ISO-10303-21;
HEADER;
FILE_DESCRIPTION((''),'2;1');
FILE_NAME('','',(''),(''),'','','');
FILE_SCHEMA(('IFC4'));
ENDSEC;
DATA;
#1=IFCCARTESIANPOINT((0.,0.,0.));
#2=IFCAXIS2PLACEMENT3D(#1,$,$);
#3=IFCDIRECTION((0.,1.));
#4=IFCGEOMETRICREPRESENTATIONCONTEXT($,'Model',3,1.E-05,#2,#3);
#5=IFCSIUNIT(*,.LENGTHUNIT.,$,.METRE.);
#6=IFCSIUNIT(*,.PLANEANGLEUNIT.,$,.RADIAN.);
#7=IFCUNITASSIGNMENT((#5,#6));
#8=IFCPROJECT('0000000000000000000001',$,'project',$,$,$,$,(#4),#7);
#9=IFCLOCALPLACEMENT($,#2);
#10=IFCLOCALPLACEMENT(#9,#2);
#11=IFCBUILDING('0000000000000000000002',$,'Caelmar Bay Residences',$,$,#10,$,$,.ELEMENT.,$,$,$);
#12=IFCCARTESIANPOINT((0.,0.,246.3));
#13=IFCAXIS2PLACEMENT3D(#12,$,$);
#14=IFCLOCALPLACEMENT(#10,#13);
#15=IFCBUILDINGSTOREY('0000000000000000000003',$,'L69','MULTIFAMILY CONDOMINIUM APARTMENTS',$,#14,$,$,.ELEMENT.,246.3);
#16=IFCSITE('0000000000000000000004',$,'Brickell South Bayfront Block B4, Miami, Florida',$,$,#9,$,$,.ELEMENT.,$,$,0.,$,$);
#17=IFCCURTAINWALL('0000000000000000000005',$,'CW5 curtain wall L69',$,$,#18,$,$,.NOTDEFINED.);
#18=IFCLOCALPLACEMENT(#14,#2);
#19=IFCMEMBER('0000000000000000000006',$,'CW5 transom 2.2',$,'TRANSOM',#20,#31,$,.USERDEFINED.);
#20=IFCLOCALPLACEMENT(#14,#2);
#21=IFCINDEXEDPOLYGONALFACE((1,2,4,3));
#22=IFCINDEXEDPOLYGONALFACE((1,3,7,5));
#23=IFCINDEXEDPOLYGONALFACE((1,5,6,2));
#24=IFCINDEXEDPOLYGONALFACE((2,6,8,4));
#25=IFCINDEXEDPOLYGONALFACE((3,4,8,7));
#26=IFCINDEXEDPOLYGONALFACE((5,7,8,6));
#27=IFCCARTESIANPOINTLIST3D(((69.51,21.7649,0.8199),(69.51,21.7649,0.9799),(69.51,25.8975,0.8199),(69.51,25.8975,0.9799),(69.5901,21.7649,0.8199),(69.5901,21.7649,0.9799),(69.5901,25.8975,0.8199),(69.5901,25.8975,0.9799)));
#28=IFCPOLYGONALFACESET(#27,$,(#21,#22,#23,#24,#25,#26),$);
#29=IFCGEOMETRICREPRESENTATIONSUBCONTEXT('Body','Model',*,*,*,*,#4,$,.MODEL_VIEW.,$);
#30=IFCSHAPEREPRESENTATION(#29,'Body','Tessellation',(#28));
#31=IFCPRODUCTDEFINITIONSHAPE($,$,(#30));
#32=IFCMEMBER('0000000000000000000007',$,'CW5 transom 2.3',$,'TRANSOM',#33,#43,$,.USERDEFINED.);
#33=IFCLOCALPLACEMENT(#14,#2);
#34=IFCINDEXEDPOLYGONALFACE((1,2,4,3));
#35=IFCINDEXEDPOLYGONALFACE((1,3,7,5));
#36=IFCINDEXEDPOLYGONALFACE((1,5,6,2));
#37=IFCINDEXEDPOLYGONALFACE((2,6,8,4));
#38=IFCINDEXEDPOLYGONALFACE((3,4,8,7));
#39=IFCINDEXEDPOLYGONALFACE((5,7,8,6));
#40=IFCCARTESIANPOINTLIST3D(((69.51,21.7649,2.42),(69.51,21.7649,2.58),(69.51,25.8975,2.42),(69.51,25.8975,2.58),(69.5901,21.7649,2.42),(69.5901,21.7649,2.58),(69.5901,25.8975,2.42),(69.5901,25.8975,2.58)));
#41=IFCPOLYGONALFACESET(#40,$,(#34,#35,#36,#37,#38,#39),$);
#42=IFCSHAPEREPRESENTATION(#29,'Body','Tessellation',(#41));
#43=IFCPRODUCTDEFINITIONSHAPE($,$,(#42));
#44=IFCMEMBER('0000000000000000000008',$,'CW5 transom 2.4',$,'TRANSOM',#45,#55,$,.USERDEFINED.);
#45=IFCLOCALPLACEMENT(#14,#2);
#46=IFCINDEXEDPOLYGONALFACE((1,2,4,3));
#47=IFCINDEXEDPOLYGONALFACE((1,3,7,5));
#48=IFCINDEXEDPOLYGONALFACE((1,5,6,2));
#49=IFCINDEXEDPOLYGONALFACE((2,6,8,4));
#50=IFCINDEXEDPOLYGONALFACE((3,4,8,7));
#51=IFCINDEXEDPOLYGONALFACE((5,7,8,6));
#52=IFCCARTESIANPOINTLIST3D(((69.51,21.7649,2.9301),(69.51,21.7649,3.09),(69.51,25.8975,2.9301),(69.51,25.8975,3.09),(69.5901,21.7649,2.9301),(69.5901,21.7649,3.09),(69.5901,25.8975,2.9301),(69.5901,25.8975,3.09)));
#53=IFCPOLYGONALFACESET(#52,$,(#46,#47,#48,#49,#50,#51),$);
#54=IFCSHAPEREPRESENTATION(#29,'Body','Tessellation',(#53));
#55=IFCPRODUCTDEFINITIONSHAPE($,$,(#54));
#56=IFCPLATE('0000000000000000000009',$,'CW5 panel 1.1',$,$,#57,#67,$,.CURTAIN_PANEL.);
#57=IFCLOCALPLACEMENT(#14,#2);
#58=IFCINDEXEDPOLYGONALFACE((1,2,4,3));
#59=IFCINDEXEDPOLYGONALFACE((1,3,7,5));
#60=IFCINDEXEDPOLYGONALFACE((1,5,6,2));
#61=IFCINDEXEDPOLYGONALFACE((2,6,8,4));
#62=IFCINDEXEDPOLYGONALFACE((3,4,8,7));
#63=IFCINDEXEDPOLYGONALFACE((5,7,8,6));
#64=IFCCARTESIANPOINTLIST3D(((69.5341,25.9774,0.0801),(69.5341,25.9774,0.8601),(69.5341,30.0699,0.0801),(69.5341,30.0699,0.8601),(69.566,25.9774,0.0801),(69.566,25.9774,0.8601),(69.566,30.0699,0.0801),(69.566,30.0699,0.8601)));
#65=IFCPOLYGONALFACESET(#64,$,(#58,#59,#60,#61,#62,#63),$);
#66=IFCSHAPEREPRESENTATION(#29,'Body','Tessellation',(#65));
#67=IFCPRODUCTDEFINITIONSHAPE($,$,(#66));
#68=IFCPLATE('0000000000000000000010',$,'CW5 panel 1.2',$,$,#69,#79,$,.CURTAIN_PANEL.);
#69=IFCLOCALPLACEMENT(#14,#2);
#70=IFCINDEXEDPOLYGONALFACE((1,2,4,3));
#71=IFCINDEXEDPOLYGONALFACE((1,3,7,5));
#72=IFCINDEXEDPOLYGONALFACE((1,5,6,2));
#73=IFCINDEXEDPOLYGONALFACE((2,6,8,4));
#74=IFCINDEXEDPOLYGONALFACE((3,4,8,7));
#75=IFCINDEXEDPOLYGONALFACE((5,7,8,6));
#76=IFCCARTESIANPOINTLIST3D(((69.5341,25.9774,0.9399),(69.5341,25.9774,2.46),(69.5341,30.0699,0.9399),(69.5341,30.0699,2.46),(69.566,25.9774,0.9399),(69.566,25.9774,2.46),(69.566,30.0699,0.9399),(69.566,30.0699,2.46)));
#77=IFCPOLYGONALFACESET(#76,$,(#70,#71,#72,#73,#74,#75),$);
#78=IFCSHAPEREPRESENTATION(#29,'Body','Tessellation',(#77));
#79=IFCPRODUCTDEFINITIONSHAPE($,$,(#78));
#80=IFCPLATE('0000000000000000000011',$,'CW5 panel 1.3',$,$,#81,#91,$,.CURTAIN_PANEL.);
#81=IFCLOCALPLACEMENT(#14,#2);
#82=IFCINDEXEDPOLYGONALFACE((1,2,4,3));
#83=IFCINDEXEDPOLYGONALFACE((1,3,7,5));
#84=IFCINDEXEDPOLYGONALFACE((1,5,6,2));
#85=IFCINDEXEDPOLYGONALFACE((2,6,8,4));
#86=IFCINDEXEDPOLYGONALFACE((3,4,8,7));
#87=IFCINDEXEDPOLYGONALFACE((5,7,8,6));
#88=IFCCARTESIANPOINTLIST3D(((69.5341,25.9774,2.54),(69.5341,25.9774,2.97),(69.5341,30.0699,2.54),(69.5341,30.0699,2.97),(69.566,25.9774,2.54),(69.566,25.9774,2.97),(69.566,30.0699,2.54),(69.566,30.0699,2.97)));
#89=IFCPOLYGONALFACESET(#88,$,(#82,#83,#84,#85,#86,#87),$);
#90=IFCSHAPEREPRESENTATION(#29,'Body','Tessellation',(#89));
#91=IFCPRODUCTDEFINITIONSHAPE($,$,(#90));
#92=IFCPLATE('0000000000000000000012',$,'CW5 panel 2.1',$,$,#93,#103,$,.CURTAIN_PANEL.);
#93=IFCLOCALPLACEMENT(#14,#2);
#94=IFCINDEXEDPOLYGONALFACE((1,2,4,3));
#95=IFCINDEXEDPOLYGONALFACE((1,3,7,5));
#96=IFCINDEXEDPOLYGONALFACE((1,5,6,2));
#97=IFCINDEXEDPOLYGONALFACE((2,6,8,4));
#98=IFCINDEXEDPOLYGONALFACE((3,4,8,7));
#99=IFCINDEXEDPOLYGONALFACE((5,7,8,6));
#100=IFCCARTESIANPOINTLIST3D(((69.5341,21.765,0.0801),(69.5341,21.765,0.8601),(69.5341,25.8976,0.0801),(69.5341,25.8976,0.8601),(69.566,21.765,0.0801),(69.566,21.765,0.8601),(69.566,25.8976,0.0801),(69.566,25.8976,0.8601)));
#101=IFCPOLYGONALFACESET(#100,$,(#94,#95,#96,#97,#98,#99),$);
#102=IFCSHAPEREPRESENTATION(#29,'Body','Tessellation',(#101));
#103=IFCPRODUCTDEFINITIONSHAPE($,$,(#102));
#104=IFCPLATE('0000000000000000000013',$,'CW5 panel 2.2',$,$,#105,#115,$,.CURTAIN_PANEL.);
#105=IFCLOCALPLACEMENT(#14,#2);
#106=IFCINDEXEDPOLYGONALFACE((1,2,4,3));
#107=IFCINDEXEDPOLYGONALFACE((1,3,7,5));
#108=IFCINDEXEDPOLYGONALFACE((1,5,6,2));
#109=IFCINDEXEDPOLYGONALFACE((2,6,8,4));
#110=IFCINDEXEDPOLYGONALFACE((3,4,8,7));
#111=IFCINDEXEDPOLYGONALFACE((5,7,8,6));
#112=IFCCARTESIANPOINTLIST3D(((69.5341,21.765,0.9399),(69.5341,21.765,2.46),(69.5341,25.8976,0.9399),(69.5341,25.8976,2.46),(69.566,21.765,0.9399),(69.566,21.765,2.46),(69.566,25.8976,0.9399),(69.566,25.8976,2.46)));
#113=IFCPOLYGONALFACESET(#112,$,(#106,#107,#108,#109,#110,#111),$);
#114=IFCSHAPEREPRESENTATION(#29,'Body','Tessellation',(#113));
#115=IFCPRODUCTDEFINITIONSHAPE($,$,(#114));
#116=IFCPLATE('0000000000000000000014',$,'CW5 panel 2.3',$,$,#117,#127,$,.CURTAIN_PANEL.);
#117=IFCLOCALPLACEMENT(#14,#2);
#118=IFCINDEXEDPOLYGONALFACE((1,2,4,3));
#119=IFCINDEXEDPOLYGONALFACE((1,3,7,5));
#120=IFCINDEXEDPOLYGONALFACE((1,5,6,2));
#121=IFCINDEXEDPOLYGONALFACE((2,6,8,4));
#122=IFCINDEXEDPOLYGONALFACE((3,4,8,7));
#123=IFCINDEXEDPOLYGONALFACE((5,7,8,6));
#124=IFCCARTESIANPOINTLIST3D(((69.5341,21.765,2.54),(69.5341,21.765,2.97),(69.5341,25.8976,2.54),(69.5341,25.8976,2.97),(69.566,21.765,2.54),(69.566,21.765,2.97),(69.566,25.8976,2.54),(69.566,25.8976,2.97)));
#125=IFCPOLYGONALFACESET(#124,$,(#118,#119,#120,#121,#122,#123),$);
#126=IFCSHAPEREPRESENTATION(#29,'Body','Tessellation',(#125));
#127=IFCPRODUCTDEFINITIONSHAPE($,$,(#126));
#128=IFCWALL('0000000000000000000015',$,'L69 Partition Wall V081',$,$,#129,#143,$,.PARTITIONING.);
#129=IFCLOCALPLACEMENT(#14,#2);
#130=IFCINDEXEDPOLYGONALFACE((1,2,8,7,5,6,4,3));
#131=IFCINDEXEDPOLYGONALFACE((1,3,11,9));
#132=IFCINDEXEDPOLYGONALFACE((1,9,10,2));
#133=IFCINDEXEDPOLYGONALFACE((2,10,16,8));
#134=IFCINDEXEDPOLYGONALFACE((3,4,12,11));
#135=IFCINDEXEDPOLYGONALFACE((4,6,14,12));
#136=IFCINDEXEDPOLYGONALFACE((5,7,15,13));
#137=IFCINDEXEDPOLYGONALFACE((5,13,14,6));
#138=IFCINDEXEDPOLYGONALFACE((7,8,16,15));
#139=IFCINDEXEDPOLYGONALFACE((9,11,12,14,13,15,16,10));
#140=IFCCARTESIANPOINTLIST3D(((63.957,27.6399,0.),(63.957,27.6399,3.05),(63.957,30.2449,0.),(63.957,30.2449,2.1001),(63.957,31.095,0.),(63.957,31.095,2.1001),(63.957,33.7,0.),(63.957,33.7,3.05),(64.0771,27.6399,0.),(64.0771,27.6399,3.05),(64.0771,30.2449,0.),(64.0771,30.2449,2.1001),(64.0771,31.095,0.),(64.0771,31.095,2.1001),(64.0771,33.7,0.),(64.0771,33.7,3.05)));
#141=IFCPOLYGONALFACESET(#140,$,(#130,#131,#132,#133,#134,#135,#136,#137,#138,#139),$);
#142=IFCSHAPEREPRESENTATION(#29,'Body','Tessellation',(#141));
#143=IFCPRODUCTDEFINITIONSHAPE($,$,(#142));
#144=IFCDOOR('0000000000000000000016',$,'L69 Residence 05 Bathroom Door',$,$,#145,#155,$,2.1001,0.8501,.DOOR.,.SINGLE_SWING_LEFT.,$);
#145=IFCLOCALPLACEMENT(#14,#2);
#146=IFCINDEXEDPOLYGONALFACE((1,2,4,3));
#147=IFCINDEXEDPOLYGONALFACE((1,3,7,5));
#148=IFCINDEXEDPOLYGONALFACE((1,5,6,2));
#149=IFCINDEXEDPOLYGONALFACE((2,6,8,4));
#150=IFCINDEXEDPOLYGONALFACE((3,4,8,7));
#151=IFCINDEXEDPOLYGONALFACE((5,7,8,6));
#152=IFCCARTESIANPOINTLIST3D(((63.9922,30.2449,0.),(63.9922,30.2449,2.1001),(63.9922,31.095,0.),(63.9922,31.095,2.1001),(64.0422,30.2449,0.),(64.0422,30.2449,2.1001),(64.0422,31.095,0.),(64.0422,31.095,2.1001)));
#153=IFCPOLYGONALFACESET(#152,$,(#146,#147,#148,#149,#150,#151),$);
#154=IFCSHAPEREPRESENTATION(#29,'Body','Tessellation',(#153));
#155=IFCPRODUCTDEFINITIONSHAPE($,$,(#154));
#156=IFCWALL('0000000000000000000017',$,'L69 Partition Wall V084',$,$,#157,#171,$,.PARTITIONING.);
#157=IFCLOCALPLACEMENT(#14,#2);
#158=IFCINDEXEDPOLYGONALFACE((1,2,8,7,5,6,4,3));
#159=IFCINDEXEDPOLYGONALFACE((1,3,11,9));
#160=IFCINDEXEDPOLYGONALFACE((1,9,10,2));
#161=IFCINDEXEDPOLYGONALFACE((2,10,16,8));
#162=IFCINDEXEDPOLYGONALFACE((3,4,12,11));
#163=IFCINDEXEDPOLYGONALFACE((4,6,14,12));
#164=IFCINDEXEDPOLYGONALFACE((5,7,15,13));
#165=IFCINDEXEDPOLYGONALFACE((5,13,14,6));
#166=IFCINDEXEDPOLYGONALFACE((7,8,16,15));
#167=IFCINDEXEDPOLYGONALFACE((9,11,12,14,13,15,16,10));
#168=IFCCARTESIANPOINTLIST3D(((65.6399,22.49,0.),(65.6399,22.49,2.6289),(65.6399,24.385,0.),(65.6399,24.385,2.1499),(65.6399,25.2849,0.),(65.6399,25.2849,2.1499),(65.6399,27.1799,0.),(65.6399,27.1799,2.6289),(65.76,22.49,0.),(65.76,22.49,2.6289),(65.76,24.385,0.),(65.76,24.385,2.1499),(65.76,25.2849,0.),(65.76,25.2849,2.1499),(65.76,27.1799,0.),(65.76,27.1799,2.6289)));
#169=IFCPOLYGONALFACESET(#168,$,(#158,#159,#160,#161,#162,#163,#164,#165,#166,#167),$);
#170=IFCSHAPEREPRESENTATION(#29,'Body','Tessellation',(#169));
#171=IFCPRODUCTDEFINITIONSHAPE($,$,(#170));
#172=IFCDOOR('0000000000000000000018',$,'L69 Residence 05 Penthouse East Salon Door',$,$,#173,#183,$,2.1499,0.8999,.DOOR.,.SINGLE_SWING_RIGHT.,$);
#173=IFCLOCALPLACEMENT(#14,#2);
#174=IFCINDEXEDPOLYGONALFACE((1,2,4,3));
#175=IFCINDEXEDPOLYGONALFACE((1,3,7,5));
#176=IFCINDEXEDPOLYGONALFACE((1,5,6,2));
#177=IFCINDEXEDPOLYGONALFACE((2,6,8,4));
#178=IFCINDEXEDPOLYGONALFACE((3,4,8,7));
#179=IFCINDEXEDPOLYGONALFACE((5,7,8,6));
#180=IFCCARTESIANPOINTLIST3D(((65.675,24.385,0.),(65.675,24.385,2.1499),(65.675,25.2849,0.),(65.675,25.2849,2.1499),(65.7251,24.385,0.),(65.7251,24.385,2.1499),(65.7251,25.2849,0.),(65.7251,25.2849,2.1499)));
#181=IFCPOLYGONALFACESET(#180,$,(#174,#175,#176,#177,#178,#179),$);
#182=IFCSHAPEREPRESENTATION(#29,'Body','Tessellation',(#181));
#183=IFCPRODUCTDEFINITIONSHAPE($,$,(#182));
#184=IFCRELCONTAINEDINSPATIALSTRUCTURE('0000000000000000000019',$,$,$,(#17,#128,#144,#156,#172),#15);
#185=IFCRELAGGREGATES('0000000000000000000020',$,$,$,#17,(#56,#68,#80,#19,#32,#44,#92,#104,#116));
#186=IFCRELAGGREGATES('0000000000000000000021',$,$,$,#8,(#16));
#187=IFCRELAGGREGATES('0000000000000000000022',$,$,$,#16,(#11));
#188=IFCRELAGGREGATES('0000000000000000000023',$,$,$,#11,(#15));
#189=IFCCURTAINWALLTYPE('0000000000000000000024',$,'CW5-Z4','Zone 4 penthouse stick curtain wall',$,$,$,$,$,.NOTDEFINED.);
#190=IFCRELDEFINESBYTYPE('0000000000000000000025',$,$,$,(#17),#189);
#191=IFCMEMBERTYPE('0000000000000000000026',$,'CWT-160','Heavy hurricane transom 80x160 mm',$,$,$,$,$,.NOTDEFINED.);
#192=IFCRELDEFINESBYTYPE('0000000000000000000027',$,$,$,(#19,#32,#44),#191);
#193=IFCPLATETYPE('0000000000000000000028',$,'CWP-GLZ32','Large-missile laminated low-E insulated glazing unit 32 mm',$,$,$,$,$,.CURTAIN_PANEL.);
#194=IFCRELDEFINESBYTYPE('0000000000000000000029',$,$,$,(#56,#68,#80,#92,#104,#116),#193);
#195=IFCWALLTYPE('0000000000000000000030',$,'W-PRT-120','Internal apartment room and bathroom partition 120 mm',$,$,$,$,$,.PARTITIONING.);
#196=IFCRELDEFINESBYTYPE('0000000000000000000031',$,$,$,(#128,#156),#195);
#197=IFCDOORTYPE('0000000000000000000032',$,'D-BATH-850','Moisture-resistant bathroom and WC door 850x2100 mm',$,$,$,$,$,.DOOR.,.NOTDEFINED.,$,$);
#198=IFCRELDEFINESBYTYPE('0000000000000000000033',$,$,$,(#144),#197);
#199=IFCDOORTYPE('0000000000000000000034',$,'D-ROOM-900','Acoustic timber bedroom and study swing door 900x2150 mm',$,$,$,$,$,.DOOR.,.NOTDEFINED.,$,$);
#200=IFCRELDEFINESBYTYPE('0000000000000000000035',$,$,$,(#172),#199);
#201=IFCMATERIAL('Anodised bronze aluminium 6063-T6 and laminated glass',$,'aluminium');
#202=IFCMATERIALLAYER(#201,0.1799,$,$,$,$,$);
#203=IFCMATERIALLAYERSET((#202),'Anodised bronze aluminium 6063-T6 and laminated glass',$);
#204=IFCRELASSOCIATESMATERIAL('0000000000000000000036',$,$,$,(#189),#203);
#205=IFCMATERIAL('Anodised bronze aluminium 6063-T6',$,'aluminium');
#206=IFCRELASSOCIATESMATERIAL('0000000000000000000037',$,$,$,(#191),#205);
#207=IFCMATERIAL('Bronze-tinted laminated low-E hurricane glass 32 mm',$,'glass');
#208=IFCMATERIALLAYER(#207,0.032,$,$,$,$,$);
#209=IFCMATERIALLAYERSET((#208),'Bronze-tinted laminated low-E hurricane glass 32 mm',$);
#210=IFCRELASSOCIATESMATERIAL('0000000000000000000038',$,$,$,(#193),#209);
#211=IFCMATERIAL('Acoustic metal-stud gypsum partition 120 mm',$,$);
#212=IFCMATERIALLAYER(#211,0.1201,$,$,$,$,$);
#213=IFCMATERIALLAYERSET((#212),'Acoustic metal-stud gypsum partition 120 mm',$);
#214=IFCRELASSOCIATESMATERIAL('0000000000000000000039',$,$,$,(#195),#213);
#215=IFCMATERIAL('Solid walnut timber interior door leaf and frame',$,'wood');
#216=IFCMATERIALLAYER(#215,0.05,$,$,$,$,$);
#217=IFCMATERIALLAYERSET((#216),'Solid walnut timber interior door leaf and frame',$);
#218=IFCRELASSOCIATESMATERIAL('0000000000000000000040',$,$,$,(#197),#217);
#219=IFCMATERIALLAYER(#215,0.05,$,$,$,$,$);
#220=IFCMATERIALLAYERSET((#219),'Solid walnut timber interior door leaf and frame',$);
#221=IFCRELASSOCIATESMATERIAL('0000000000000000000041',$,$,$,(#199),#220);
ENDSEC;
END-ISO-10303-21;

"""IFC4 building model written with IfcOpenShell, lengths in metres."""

from ifc_helpers import new_model, si_unit, direction, frame, frame_2d, origin, origin_2d, place, context, subcontext, project, spatial, rectangle, extrude, material, layer, layer_set, material_profile, profile_set, type_object, element, fill, aggregate, save


model = new_model("IFC4")

# Units and contexts
model_context = context("Model", 3, precision=1e-05, world=origin(), true_north=direction((0.0, 1.0)))
body_context = subcontext(model_context, "Body", "Model", "MODEL_VIEW")
ifc_project = project(units=[si_unit("LENGTHUNIT", "METRE"), si_unit("PLANEANGLEUNIT", "RADIAN")], contexts=[model_context])

# Site, building, storey
site_placement = place(None, origin())
site = spatial("IfcSite", under=ifc_project, at=site_placement, Name="Brickell South Bayfront Block B4, Miami, Florida", CompositionType="ELEMENT", RefElevation=0.0)
building_placement = place(site_placement, origin())
building = spatial("IfcBuilding", under=site, at=building_placement, Name="Caelmar Bay Residences", CompositionType="ELEMENT")
storey_placement = place(building_placement, frame((0.0, 0.0, 246.3)))
storey = spatial("IfcBuildingStorey", under=building, at=storey_placement, Name="L69", Description="MULTIFAMILY CONDOMINIUM APARTMENTS", CompositionType="ELEMENT", Elevation=246.3)

# Curtain wall, members, plates
ifc_material_1 = material(Name="Anodised bronze aluminium 6063-T6 and laminated glass", Category="aluminium")
ifc_layer_1 = layer(ifc_material_1, 0.1799)
ifc_layer_set_1 = layer_set([ifc_layer_1], Name="Anodised bronze aluminium 6063-T6 and laminated glass")
curtain_wall_type = type_object("IfcCurtainWallType", Name="CW5-Z4", Description="Zone 4 penthouse stick curtain wall", PredefinedType="NOTDEFINED", material=ifc_layer_set_1)
curtain_wall_placement = place(storey_placement, origin())
curtain_wall = element("IfcCurtainWall", 1, at=curtain_wall_placement, inside=storey, type_object=curtain_wall_type, Name="CW5 curtain wall L69", PredefinedType="NOTDEFINED")
ifc_material_2 = material(Name="Anodised bronze aluminium 6063-T6", Category="aluminium")
ifc_material_profile_1 = material_profile(ifc_material_2, rectangle(XDim=0.0801, YDim=0.1599, at=origin_2d()), Name="CWT-80X160")
ifc_profile_set_1 = profile_set([ifc_material_profile_1], Name="Anodised bronze aluminium 6063-T6")
member_type_1 = type_object("IfcMemberType", Name="CWT-160", Description="Heavy hurricane transom 80x160 mm", PredefinedType="NOTDEFINED", material=ifc_profile_set_1)
member_1_placement = place(storey_placement, frame((69.55, 25.8975, 0.8999), z_axis=(0.0, -1.0, 0.0), x_axis=(1.0, 0.0, 0.0)))
member_1 = element("IfcMember", 2, at=member_1_placement, type_object=member_type_1, Name="CW5 transom 2.2", ObjectType="TRANSOM", PredefinedType="USERDEFINED", context=body_context, shape_type="SweptSolid", body=[
    extrude(rectangle(XDim=0.0801, YDim=0.1599, at=origin_2d()), origin(), (0.0, 0.0, 1.0), 4.1326),
])
member_2_placement = place(storey_placement, frame((69.55, 25.8975, 2.5), z_axis=(0.0, -1.0, 0.0), x_axis=(1.0, 0.0, 0.0)))
member_2 = element("IfcMember", 3, at=member_2_placement, type_object=member_type_1, Name="CW5 transom 2.3", ObjectType="TRANSOM", PredefinedType="USERDEFINED", context=body_context, shape_type="SweptSolid", body=[
    extrude(rectangle(XDim=0.0801, YDim=0.1599, at=origin_2d()), origin(), (0.0, 0.0, 1.0), 4.1326),
])
member_3_placement = place(storey_placement, frame((69.55, 25.8975, 3.01), z_axis=(0.0, -1.0, 0.0), x_axis=(1.0, 0.0, 0.0)))
member_3 = element("IfcMember", 4, at=member_3_placement, type_object=member_type_1, Name="CW5 transom 2.4", ObjectType="TRANSOM", PredefinedType="USERDEFINED", context=body_context, shape_type="SweptSolid", body=[
    extrude(rectangle(XDim=0.0801, YDim=0.1599, at=origin_2d()), origin(), (0.0, 0.0, 1.0), 4.1326),
])
ifc_material_3 = material(Name="Bronze-tinted laminated low-E hurricane glass 32 mm", Category="glass")
ifc_layer_2 = layer(ifc_material_3, 0.032)
ifc_layer_set_2 = layer_set([ifc_layer_2], Name="Bronze-tinted laminated low-E hurricane glass 32 mm")
plate_type = type_object("IfcPlateType", Name="CWP-GLZ32", Description="Large-missile laminated low-E insulated glazing unit 32 mm", PredefinedType="CURTAIN_PANEL", material=ifc_layer_set_2)
plate_1_placement = place(storey_placement, frame((69.55, 28.0237, 0.0801), z_axis=(0.0, 0.0, 1.0), x_axis=(0.0, -1.0, 0.0)))
plate_1 = element("IfcPlate", 5, at=plate_1_placement, type_object=plate_type, Name="CW5 panel 1.1", PredefinedType="CURTAIN_PANEL", context=body_context, shape_type="SweptSolid", body=[
    extrude(rectangle(XDim=4.0925, YDim=0.032, at=origin_2d()), origin(), (0.0, 0.0, 1.0), 0.78),
])
plate_2_placement = place(storey_placement, frame((69.55, 28.0237, 0.9399), z_axis=(0.0, 0.0, 1.0), x_axis=(0.0, -1.0, 0.0)))
plate_2 = element("IfcPlate", 6, at=plate_2_placement, type_object=plate_type, Name="CW5 panel 1.2", PredefinedType="CURTAIN_PANEL", context=body_context, shape_type="SweptSolid", body=[
    extrude(rectangle(XDim=4.0925, YDim=0.032, at=origin_2d()), origin(), (0.0, 0.0, 1.0), 1.52),
])
plate_3_placement = place(storey_placement, frame((69.55, 28.0237, 2.54), z_axis=(0.0, 0.0, 1.0), x_axis=(0.0, -1.0, 0.0)))
plate_3 = element("IfcPlate", 7, at=plate_3_placement, type_object=plate_type, Name="CW5 panel 1.3", PredefinedType="CURTAIN_PANEL", context=body_context, shape_type="SweptSolid", body=[
    extrude(rectangle(XDim=4.0925, YDim=0.032, at=origin_2d()), origin(), (0.0, 0.0, 1.0), 0.4299),
])
plate_4_placement = place(storey_placement, frame((69.55, 23.8313, 0.0801), z_axis=(0.0, 0.0, 1.0), x_axis=(0.0, -1.0, 0.0)))
plate_4 = element("IfcPlate", 8, at=plate_4_placement, type_object=plate_type, Name="CW5 panel 2.1", PredefinedType="CURTAIN_PANEL", context=body_context, shape_type="SweptSolid", body=[
    extrude(rectangle(XDim=4.1326, YDim=0.032, at=origin_2d()), origin(), (0.0, 0.0, 1.0), 0.78),
])
plate_5_placement = place(storey_placement, frame((69.55, 23.8313, 0.9399), z_axis=(0.0, 0.0, 1.0), x_axis=(0.0, -1.0, 0.0)))
plate_5 = element("IfcPlate", 9, at=plate_5_placement, type_object=plate_type, Name="CW5 panel 2.2", PredefinedType="CURTAIN_PANEL", context=body_context, shape_type="SweptSolid", body=[
    extrude(rectangle(XDim=4.1326, YDim=0.032, at=origin_2d()), origin(), (0.0, 0.0, 1.0), 1.52),
])
plate_6_placement = place(storey_placement, frame((69.55, 23.8313, 2.54), z_axis=(0.0, 0.0, 1.0), x_axis=(0.0, -1.0, 0.0)))
plate_6 = element("IfcPlate", 10, at=plate_6_placement, type_object=plate_type, Name="CW5 panel 2.3", PredefinedType="CURTAIN_PANEL", context=body_context, shape_type="SweptSolid", body=[
    extrude(rectangle(XDim=4.1326, YDim=0.032, at=origin_2d()), origin(), (0.0, 0.0, 1.0), 0.4299),
])
aggregate(curtain_wall, [plate_1, plate_2, plate_3, member_1, member_2, member_3, plate_4, plate_5, plate_6])

# Walls, openings, doors
ifc_material_4 = material(Name="Acoustic metal-stud gypsum partition 120 mm")
ifc_layer_3 = layer(ifc_material_4, 0.1201)
ifc_layer_set_3 = layer_set([ifc_layer_3], Name="Acoustic metal-stud gypsum partition 120 mm")
wall_type = type_object("IfcWallType", Name="W-PRT-120", Description="Internal apartment room and bathroom partition 120 mm", PredefinedType="PARTITIONING", material=ifc_layer_set_3)
wall_1_placement = place(storey_placement, frame((64.0171, 27.6399, 0.0), z_axis=(0.0, 0.0, 1.0), x_axis=(0.0, 1.0, 0.0)))
wall_1 = element("IfcWall", 11, at=wall_1_placement, inside=storey, type_object=wall_type, Name="L69 Partition Wall V081", PredefinedType="PARTITIONING", context=body_context, shape_type="SweptSolid", body=[
    extrude(rectangle(XDim=6.0601, YDim=0.1201, at=frame_2d((3.03, 0.0))), origin(), (0.0, 0.0, 1.0), 3.05),
])
opening_1_placement = place(wall_1_placement, frame((2.605, 0.0, 0.0)))
opening_1 = element("IfcOpeningElement", 12, at=opening_1_placement, cuts=wall_1, PredefinedType="OPENING", context=body_context, shape_type="SweptSolid", body=[
    extrude(rectangle(XDim=0.8501, YDim=2.1001, at=frame_2d((0.425, 1.05))), frame((0.0, 0.0701, 0.0), z_axis=(0.0, -1.0, 0.0), x_axis=(1.0, 0.0, 0.0)), (0.0, 0.0, 1.0), 0.1401),
])
ifc_material_5 = material(Name="Solid walnut timber interior door leaf and frame", Category="wood")
ifc_layer_4 = layer(ifc_material_5, 0.05)
ifc_layer_set_4 = layer_set([ifc_layer_4], Name="Solid walnut timber interior door leaf and frame")
door_type_1 = type_object("IfcDoorType", Name="D-BATH-850", Description="Moisture-resistant bathroom and WC door 850x2100 mm", OperationType="NOTDEFINED", PredefinedType="DOOR", material=ifc_layer_set_4)
door_1_placement = place(opening_1_placement, origin())
door_1 = element("IfcDoor", 13, at=door_1_placement, inside=storey, type_object=door_type_1, Name="L69 Residence 05 Bathroom Door", OperationType="SINGLE_SWING_LEFT", OverallHeight=2.1001, OverallWidth=0.8501, PredefinedType="DOOR", context=body_context, shape_type="SweptSolid", body=[
    extrude(rectangle(XDim=0.8501, YDim=2.1001, at=frame_2d((0.425, 1.05))), frame((0.0, 0.0249, 0.0), z_axis=(0.0, -1.0, 0.0), x_axis=(1.0, 0.0, 0.0)), (0.0, 0.0, 1.0), 0.05),
])
fill(opening_1, door_1)
wall_2_placement = place(storey_placement, frame((65.7, 22.49, 0.0), z_axis=(0.0, 0.0, 1.0), x_axis=(0.0, 1.0, 0.0)))
wall_2 = element("IfcWall", 14, at=wall_2_placement, inside=storey, type_object=wall_type, Name="L69 Partition Wall V084", PredefinedType="PARTITIONING", context=body_context, shape_type="SweptSolid", body=[
    extrude(rectangle(XDim=4.6899, YDim=0.1201, at=frame_2d((2.345, 0.0))), origin(), (0.0, 0.0, 1.0), 2.6289),
])
opening_2_placement = place(wall_2_placement, frame((1.895, 0.0, 0.0)))
opening_2 = element("IfcOpeningElement", 15, at=opening_2_placement, cuts=wall_2, PredefinedType="OPENING", context=body_context, shape_type="SweptSolid", body=[
    extrude(rectangle(XDim=0.8999, YDim=2.1499, at=frame_2d((0.45, 1.075))), frame((0.0, 0.0701, 0.0), z_axis=(0.0, -1.0, 0.0), x_axis=(1.0, 0.0, 0.0)), (0.0, 0.0, 1.0), 0.1401),
])
ifc_layer_5 = layer(ifc_material_5, 0.05)
ifc_layer_set_5 = layer_set([ifc_layer_5], Name="Solid walnut timber interior door leaf and frame")
door_type_2 = type_object("IfcDoorType", Name="D-ROOM-900", Description="Acoustic timber bedroom and study swing door 900x2150 mm", OperationType="NOTDEFINED", PredefinedType="DOOR", material=ifc_layer_set_5)
door_2_placement = place(opening_2_placement, origin())
door_2 = element("IfcDoor", 16, at=door_2_placement, inside=storey, type_object=door_type_2, Name="L69 Residence 05 Penthouse East Salon Door", OperationType="SINGLE_SWING_RIGHT", OverallHeight=2.1499, OverallWidth=0.8999, PredefinedType="DOOR", context=body_context, shape_type="SweptSolid", body=[
    extrude(rectangle(XDim=0.8999, YDim=2.1499, at=frame_2d((0.45, 1.075))), frame((0.0, 0.0249, 0.0), z_axis=(0.0, -1.0, 0.0), x_axis=(1.0, 0.0, 0.0)), (0.0, 0.0, 1.0), 0.05),
])
fill(opening_2, door_2)

save(model, "model.ifc")
